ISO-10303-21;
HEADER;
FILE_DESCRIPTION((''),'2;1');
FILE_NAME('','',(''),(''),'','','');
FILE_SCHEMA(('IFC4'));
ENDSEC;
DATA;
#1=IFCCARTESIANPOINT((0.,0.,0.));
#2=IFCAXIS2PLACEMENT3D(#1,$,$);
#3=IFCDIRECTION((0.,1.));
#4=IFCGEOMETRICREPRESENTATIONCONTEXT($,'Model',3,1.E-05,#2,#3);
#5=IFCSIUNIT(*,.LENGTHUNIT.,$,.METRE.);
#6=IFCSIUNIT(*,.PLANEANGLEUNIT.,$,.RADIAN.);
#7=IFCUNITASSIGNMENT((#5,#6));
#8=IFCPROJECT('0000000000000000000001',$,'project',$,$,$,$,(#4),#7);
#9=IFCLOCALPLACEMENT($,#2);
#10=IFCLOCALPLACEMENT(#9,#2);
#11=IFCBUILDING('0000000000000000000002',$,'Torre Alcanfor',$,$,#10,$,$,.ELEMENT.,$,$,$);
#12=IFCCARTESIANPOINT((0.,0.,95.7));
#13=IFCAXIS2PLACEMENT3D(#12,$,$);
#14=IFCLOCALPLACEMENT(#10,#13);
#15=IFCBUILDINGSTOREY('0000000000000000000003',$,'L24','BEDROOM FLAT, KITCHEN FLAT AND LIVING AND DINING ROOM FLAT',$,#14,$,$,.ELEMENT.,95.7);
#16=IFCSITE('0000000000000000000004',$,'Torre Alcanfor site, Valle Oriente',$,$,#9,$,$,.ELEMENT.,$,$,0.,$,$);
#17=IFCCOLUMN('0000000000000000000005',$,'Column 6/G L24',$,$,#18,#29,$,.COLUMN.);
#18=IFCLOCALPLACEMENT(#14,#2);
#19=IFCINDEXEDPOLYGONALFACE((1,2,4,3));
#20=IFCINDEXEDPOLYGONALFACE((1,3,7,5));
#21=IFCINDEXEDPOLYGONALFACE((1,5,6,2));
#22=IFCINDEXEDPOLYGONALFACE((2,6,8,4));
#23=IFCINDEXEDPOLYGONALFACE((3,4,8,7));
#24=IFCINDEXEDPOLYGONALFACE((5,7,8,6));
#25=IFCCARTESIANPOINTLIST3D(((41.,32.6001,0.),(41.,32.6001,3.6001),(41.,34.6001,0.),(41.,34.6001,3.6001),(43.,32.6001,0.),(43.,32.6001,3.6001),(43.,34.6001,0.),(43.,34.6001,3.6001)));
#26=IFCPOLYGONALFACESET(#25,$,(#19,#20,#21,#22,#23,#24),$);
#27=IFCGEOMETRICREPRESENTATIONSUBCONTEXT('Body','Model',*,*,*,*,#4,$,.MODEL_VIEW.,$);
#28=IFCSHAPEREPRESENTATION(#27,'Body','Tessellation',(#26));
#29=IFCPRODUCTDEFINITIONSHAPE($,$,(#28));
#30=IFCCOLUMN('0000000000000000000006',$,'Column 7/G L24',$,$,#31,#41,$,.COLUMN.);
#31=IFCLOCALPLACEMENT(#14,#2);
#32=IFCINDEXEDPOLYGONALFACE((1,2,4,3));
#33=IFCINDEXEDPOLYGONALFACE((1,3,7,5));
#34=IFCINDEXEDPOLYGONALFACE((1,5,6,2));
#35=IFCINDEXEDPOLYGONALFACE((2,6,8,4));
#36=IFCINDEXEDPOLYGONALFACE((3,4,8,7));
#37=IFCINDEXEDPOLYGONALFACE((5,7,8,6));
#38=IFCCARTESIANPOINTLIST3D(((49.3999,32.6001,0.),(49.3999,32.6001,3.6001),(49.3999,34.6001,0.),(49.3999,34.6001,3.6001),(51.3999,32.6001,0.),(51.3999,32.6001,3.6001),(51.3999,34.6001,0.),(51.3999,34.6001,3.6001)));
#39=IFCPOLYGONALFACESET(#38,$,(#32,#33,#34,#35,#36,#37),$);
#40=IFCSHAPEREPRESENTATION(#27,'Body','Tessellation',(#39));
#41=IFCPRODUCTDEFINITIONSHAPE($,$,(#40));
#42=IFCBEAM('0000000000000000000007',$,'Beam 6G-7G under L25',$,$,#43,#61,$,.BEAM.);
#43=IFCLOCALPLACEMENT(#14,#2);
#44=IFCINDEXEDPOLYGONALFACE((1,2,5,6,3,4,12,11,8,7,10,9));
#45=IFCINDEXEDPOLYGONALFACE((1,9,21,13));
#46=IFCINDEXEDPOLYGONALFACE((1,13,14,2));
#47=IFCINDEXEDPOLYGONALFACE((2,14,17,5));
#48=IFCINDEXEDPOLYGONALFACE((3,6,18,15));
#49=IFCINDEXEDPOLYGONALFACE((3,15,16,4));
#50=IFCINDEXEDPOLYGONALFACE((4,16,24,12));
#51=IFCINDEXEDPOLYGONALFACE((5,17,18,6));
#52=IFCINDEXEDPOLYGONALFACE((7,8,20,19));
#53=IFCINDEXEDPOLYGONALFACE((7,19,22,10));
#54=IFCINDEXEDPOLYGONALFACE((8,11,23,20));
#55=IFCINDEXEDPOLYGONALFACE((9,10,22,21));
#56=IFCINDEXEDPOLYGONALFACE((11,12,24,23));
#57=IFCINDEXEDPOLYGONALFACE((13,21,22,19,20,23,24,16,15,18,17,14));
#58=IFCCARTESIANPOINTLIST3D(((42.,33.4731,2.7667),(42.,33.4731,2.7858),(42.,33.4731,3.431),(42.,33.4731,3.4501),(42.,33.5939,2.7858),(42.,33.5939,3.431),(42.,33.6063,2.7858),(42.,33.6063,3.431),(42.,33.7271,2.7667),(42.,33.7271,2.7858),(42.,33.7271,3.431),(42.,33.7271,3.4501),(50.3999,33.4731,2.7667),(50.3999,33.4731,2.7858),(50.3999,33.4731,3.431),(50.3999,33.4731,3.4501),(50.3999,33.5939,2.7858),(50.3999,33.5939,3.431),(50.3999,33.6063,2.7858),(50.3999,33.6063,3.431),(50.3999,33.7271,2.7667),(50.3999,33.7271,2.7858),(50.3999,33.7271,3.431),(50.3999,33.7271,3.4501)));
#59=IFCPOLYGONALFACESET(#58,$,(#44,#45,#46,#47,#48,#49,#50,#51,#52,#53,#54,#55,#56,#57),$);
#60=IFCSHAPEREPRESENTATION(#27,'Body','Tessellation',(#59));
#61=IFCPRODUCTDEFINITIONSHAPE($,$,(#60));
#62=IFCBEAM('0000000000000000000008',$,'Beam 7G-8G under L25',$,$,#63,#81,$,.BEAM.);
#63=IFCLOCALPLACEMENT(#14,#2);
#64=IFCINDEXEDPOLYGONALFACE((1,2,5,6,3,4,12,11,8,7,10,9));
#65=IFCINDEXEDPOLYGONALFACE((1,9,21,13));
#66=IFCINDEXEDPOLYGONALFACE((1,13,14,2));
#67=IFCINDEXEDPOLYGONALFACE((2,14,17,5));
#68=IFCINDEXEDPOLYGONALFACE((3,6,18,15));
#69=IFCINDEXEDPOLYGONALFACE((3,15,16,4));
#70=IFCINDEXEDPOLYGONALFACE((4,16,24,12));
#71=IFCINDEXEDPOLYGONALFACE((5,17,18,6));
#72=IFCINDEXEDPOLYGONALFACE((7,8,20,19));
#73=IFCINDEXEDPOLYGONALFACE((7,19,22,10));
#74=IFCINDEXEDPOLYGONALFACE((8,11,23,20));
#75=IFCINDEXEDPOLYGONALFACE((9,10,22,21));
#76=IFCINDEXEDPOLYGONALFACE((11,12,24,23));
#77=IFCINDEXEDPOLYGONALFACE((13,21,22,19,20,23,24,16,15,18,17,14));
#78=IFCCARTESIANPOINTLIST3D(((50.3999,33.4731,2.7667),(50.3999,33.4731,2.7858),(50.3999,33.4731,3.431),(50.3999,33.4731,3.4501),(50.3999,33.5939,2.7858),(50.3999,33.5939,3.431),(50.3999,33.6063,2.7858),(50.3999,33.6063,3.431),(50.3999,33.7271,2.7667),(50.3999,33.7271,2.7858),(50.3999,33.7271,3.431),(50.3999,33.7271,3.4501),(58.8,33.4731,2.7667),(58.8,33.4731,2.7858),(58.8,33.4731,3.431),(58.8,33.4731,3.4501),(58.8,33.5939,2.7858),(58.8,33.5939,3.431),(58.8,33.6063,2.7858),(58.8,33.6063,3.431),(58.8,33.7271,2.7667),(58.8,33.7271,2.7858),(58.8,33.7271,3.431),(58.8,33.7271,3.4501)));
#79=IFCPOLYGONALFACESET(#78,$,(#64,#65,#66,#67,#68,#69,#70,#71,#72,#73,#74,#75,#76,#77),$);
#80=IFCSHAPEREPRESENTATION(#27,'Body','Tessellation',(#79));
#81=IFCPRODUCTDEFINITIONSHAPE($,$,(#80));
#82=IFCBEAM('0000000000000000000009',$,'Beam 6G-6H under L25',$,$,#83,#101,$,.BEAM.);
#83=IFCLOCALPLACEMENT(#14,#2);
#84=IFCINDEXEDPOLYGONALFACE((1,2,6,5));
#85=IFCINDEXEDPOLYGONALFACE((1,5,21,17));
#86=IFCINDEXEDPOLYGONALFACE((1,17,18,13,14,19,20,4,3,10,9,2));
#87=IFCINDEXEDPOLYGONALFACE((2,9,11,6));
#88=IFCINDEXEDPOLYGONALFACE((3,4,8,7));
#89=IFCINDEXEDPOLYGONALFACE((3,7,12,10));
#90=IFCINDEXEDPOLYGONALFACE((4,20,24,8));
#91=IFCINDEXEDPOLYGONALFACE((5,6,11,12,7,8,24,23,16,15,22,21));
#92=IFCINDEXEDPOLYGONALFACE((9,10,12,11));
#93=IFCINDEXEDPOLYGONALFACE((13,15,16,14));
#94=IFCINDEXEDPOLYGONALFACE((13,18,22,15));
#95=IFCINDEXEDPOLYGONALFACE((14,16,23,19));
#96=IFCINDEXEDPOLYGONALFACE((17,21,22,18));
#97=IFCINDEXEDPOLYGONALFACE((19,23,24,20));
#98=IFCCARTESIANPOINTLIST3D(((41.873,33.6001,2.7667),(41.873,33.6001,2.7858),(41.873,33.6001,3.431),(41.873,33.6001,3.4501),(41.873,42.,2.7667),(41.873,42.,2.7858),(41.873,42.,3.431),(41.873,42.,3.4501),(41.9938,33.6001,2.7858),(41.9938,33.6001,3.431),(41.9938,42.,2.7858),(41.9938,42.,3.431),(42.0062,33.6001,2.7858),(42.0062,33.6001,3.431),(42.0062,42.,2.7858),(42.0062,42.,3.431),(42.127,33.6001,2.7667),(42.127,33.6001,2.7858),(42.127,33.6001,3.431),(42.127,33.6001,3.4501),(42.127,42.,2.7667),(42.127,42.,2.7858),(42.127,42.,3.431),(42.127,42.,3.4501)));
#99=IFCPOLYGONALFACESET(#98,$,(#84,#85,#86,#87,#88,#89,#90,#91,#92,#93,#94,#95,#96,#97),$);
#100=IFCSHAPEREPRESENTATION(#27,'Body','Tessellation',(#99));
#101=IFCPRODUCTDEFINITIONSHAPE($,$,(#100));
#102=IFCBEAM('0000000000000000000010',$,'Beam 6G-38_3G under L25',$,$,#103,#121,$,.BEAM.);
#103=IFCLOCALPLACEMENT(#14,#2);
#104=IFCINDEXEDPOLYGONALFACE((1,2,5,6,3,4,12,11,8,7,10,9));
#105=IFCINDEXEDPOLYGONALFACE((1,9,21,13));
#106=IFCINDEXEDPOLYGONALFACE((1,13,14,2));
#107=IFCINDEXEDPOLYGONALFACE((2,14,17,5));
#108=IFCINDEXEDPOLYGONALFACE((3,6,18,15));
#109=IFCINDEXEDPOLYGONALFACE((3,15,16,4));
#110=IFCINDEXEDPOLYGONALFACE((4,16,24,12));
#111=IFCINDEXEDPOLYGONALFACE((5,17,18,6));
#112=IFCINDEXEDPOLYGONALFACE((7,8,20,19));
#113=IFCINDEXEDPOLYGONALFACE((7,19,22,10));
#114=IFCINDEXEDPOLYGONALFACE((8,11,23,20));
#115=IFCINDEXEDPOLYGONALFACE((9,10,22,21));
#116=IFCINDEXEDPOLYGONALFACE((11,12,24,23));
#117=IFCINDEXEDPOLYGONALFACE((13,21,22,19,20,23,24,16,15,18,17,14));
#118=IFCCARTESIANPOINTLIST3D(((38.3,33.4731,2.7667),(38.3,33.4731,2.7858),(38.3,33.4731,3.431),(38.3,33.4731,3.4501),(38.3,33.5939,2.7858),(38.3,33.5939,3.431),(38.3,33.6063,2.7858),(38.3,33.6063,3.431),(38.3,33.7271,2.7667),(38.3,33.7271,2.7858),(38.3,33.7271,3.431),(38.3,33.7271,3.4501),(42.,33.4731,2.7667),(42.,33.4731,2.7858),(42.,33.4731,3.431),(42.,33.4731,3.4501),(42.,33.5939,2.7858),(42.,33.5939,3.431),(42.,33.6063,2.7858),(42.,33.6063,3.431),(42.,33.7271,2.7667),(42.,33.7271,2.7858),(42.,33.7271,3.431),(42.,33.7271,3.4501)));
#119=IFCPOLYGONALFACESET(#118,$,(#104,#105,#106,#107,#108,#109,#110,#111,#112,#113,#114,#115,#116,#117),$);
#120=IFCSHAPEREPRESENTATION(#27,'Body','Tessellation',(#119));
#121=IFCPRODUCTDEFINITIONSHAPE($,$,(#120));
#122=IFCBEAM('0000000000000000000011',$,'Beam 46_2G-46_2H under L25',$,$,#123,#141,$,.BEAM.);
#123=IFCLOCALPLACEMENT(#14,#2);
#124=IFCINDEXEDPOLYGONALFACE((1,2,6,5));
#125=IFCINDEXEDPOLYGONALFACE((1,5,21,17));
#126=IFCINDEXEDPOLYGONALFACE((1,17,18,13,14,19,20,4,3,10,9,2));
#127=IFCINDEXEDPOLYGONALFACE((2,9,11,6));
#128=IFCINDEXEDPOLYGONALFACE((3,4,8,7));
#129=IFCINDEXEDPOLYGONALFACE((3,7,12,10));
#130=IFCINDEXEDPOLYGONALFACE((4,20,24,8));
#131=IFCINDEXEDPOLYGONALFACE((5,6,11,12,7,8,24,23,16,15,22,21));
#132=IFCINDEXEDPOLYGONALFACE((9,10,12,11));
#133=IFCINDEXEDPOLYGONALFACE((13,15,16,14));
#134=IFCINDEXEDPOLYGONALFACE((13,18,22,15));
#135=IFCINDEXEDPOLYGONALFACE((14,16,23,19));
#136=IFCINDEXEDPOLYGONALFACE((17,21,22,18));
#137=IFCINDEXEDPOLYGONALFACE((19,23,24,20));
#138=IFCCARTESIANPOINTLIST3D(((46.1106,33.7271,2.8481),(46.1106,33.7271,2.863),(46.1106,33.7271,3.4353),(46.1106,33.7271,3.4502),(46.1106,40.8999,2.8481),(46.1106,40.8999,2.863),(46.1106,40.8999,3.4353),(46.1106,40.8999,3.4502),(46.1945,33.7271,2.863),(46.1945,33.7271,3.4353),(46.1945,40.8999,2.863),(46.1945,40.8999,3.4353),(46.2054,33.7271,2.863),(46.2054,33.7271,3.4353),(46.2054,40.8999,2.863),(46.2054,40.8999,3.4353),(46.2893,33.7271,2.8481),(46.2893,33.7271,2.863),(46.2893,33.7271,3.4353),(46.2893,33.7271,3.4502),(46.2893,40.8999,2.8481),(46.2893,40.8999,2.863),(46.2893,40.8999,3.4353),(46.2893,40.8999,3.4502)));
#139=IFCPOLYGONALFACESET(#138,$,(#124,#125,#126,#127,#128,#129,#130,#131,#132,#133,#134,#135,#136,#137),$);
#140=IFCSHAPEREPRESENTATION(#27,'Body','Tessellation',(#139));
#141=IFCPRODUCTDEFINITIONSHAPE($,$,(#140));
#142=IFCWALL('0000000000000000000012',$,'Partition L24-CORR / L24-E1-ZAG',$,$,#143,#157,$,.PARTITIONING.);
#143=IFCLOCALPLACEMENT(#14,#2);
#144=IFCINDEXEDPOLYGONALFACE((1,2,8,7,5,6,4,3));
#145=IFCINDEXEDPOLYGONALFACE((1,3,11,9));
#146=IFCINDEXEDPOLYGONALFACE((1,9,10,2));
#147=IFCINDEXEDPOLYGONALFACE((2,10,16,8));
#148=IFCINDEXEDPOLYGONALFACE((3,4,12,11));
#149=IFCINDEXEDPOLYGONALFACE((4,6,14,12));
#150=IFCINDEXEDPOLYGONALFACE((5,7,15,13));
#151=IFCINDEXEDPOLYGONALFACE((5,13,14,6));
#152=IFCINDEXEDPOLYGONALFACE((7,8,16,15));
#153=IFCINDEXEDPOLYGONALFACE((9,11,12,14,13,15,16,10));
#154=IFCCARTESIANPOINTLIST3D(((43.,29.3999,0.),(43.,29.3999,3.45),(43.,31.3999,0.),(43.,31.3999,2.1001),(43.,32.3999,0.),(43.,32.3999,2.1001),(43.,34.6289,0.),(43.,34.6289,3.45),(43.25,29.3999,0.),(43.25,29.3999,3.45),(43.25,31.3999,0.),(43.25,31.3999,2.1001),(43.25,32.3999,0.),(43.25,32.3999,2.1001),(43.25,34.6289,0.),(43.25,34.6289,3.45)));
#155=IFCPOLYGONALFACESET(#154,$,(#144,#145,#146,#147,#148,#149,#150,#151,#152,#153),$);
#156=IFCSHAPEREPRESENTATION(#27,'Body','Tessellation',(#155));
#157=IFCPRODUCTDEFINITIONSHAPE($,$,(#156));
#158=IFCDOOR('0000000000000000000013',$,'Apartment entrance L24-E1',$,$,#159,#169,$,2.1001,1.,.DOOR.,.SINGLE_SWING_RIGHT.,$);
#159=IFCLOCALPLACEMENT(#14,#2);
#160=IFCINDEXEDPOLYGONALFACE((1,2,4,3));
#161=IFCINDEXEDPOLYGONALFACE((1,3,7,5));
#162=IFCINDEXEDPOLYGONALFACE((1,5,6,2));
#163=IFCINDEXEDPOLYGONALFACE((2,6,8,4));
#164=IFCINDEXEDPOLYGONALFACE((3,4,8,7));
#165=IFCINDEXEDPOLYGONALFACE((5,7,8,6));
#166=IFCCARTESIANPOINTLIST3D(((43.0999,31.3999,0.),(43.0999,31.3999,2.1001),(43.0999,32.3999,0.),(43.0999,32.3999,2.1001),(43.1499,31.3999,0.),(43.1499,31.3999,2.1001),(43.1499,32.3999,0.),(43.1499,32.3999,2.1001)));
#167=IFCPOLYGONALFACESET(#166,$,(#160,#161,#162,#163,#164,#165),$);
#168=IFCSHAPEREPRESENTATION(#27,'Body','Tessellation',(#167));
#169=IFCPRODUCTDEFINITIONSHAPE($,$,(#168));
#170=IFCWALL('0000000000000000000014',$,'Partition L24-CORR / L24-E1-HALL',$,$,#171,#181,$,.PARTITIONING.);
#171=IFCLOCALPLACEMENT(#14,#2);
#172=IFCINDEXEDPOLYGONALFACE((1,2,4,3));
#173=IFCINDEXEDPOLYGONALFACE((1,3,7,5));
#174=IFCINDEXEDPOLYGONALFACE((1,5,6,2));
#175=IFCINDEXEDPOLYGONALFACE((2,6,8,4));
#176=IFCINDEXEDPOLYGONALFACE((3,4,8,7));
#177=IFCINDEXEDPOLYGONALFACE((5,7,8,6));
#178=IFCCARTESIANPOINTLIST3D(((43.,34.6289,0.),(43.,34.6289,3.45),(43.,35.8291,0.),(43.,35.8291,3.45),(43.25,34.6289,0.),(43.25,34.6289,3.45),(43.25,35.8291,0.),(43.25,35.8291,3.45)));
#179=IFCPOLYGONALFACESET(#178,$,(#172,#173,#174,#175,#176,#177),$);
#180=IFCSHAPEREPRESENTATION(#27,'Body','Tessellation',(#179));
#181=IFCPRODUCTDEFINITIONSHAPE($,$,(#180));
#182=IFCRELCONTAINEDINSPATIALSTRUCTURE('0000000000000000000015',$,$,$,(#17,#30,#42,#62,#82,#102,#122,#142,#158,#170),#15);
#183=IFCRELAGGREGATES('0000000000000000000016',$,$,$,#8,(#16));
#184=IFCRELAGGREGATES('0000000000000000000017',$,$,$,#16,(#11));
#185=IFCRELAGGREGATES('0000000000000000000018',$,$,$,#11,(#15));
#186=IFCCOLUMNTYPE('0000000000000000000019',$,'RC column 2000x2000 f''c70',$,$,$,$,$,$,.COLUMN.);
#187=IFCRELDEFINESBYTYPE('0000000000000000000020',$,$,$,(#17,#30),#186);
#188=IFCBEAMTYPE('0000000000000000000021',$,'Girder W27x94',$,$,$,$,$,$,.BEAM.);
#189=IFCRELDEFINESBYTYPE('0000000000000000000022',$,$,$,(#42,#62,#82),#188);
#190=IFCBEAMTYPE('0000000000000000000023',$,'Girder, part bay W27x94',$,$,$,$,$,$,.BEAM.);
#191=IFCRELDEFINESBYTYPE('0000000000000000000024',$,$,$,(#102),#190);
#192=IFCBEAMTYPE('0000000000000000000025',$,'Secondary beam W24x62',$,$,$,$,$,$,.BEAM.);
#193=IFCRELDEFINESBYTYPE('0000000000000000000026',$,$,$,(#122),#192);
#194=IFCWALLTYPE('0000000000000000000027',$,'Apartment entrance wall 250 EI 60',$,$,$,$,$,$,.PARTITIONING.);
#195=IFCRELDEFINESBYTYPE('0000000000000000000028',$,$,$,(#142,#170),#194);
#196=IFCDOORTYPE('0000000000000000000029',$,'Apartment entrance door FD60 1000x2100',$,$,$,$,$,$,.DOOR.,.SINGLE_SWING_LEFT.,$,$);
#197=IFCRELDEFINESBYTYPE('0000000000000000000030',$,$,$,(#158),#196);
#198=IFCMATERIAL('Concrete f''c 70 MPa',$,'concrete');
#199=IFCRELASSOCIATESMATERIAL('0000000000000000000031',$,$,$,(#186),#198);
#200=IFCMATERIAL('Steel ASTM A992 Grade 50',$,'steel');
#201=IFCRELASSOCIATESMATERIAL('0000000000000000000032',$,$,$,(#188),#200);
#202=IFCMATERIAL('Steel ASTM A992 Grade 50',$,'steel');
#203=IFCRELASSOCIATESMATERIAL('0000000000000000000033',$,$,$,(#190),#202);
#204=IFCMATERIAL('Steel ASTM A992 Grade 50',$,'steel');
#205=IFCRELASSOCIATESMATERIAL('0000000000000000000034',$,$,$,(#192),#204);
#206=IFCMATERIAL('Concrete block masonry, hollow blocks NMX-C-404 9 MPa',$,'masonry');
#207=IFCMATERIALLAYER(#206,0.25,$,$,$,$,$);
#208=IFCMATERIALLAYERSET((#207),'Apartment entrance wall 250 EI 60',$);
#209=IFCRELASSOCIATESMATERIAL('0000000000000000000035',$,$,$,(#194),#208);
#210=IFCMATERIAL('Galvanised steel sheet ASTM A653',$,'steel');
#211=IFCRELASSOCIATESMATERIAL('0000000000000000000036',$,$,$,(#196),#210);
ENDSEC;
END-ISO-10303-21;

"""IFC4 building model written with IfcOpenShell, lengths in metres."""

from ifc_helpers import new_model, si_unit, direction, frame, frame_2d, origin, origin_2d, place, context, subcontext, project, spatial, rectangle, i_section, extrude, material, layer, layer_set, material_profile, profile_set, type_object, element, fill, save


model = new_model("IFC4")

# Units and contexts
model_context = context("Model", 3, precision=1e-05, world=origin(), true_north=direction((0.0, 1.0)))
body_context = subcontext(model_context, "Body", "Model", "MODEL_VIEW")
ifc_project = project(units=[si_unit("LENGTHUNIT", "METRE"), si_unit("PLANEANGLEUNIT", "RADIAN")], contexts=[model_context])

# Site, building, storey
site_placement = place(None, origin())
site = spatial("IfcSite", under=ifc_project, at=site_placement, Name="Torre Alcanfor site, Valle Oriente", CompositionType="ELEMENT", RefElevation=0.0)
building_placement = place(site_placement, origin())
building = spatial("IfcBuilding", under=site, at=building_placement, Name="Torre Alcanfor", CompositionType="ELEMENT")
storey_placement = place(building_placement, frame((0.0, 0.0, 95.7)))
storey = spatial("IfcBuildingStorey", under=building, at=storey_placement, Name="L24", Description="BEDROOM FLAT, KITCHEN FLAT AND LIVING AND DINING ROOM FLAT", CompositionType="ELEMENT", Elevation=95.7)

# Columns
ifc_material_1 = material(Name="Concrete f'c 70 MPa", Category="concrete")
ifc_material_profile_1 = material_profile(ifc_material_1, rectangle(XDim=2.0, YDim=2.0, at=origin_2d()), Name="2000x2000")
ifc_profile_set_1 = profile_set([ifc_material_profile_1], Name="Concrete f'c 70 MPa")
column_type = type_object("IfcColumnType", Name="RC column 2000x2000 f'c70", PredefinedType="COLUMN", material=ifc_profile_set_1)
for number, where, z_axis, x_axis, name in (
    (1, (42.0, 33.6001, 0.0), (0.0, 0.0, 1.0), (1.0, 0.0, 0.0), "Column 6/G L24"),
    (2, (50.3999, 33.6001, 0.0), (0.0, 0.0, 1.0), (1.0, 0.0, 0.0), "Column 7/G L24"),
):
    element("IfcColumn", number, at=place(storey_placement, frame(where, z_axis=z_axis, x_axis=x_axis)), inside=storey, type_object=column_type, Name=name, PredefinedType="COLUMN", context=body_context, shape_type="SweptSolid", body=[
        extrude(rectangle(XDim=2.0, YDim=2.0, at=origin_2d()), origin(), (0.0, 0.0, 1.0), 3.6001),
    ])

# Beams
ifc_material_2 = material(Name="Steel ASTM A992 Grade 50", Category="steel")
ifc_material_profile_2 = material_profile(ifc_material_2, i_section(OverallWidth=0.2539, OverallDepth=0.6833, WebThickness=0.0125, FlangeThickness=0.019, at=origin_2d()), Name="W27x94")
ifc_profile_set_2 = profile_set([ifc_material_profile_2], Name="Steel ASTM A992 Grade 50")
beam_type_1 = type_object("IfcBeamType", Name="Girder W27x94", PredefinedType="BEAM", material=ifc_profile_set_2)
beam_1_placement = place(storey_placement, frame((42.0, 33.6001, 3.1084), z_axis=(1.0, 0.0, 0.0), x_axis=(0.0, 1.0, 0.0)))
element("IfcBeam", 3, at=beam_1_placement, inside=storey, type_object=beam_type_1, Name="Beam 6G-7G under L25", PredefinedType="BEAM", context=body_context, shape_type="SweptSolid", body=[
    extrude(i_section(OverallWidth=0.2539, OverallDepth=0.6833, WebThickness=0.0125, FlangeThickness=0.019, at=origin_2d()), origin(), (0.0, 0.0, 1.0), 8.3999),
])
beam_2_placement = place(storey_placement, frame((50.3999, 33.6001, 3.1084), z_axis=(1.0, 0.0, 0.0), x_axis=(0.0, 1.0, 0.0)))
element("IfcBeam", 4, at=beam_2_placement, inside=storey, type_object=beam_type_1, Name="Beam 7G-8G under L25", PredefinedType="BEAM", context=body_context, shape_type="SweptSolid", body=[
    extrude(i_section(OverallWidth=0.2539, OverallDepth=0.6833, WebThickness=0.0125, FlangeThickness=0.019, at=origin_2d()), origin(), (0.0, 0.0, 1.0), 8.4001),
])
beam_3_placement = place(storey_placement, frame((42.0, 33.6001, 3.1084), z_axis=(0.0, 1.0, 0.0), x_axis=(-1.0, 0.0, 0.0)))
element("IfcBeam", 5, at=beam_3_placement, inside=storey, type_object=beam_type_1, Name="Beam 6G-6H under L25", PredefinedType="BEAM", context=body_context, shape_type="SweptSolid", body=[
    extrude(i_section(OverallWidth=0.2539, OverallDepth=0.6833, WebThickness=0.0125, FlangeThickness=0.019, at=origin_2d()), origin(), (0.0, 0.0, 1.0), 8.3999),
])
ifc_material_3 = material(Name="Steel ASTM A992 Grade 50", Category="steel")
ifc_material_profile_3 = material_profile(ifc_material_3, i_section(OverallWidth=0.2539, OverallDepth=0.6833, WebThickness=0.0125, FlangeThickness=0.019, at=origin_2d()), Name="W27x94")
ifc_profile_set_3 = profile_set([ifc_material_profile_3], Name="Steel ASTM A992 Grade 50")
beam_type_2 = type_object("IfcBeamType", Name="Girder, part bay W27x94", PredefinedType="BEAM", material=ifc_profile_set_3)
beam_4_placement = place(storey_placement, frame((42.0, 33.6001, 3.1084), z_axis=(-1.0, 0.0, 0.0), x_axis=(0.0, -1.0, 0.0)))
element("IfcBeam", 6, at=beam_4_placement, inside=storey, type_object=beam_type_2, Name="Beam 6G-38_3G under L25", PredefinedType="BEAM", context=body_context, shape_type="SweptSolid", body=[
    extrude(i_section(OverallWidth=0.2539, OverallDepth=0.6833, WebThickness=0.0125, FlangeThickness=0.019, at=origin_2d()), origin(), (0.0, 0.0, 1.0), 3.7),
])
ifc_material_4 = material(Name="Steel ASTM A992 Grade 50", Category="steel")
ifc_material_profile_4 = material_profile(ifc_material_4, i_section(OverallWidth=0.1787, OverallDepth=0.6021, WebThickness=0.011, FlangeThickness=0.0149, at=origin_2d()), Name="W24x62")
ifc_profile_set_4 = profile_set([ifc_material_profile_4], Name="Steel ASTM A992 Grade 50")
beam_type_3 = type_object("IfcBeamType", Name="Secondary beam W24x62", PredefinedType="BEAM", material=ifc_profile_set_4)
beam_5_placement = place(storey_placement, frame((46.2, 33.7271, 3.1492), z_axis=(0.0, 1.0, 0.0), x_axis=(-1.0, 0.0, 0.0)))
element("IfcBeam", 7, at=beam_5_placement, inside=storey, type_object=beam_type_3, Name="Beam 46_2G-46_2H under L25", PredefinedType="BEAM", context=body_context, shape_type="SweptSolid", body=[
    extrude(i_section(OverallWidth=0.1787, OverallDepth=0.6021, WebThickness=0.011, FlangeThickness=0.0149, at=origin_2d()), origin(), (0.0, 0.0, 1.0), 7.1729),
])

# Wall, opening, door
ifc_material_5 = material(Name="Concrete block masonry, hollow blocks NMX-C-404 9 MPa", Category="masonry")
ifc_layer_1 = layer(ifc_material_5, 0.25)
ifc_layer_set_1 = layer_set([ifc_layer_1], Name="Apartment entrance wall 250 EI 60")
wall_type_1 = type_object("IfcWallType", Name="Apartment entrance wall 250 EI 60", PredefinedType="PARTITIONING", material=ifc_layer_set_1)
wall_1_placement = place(storey_placement, frame((43.125, 34.6289, 0.0), z_axis=(0.0, 0.0, 1.0), x_axis=(0.0, -1.0, 0.0)))
wall_1 = element("IfcWall", 8, at=wall_1_placement, inside=storey, type_object=wall_type_1, Name="Partition L24-CORR / L24-E1-ZAG", PredefinedType="PARTITIONING", context=body_context, shape_type="SweptSolid", body=[
    extrude(rectangle(XDim=5.229, YDim=0.25, at=frame_2d((2.6145, 0.0))), origin(), (0.0, 0.0, 1.0), 3.45),
])
opening_1_placement = place(wall_1_placement, frame((2.229, 0.0, 0.0)))
opening_1 = element("IfcOpeningElement", 9, at=opening_1_placement, cuts=wall_1, PredefinedType="OPENING", context=body_context, shape_type="SweptSolid", body=[
    extrude(rectangle(XDim=1.0, YDim=2.1001, at=frame_2d((0.5, 1.05))), frame((0.0, 0.135, 0.0), z_axis=(0.0, -1.0, 0.0), x_axis=(1.0, 0.0, 0.0)), (0.0, 0.0, 1.0), 0.27),
])
ifc_material_6 = material(Name="Galvanised steel sheet ASTM A653", Category="steel")
door_type_1 = type_object("IfcDoorType", Name="Apartment entrance door FD60 1000x2100", OperationType="SINGLE_SWING_LEFT", PredefinedType="DOOR", material=ifc_material_6)
door_1_placement = place(opening_1_placement, origin())
door_1 = element("IfcDoor", 10, at=door_1_placement, inside=storey, type_object=door_type_1, Name="Apartment entrance L24-E1", OperationType="SINGLE_SWING_RIGHT", OverallHeight=2.1001, OverallWidth=1.0, PredefinedType="DOOR", context=body_context, shape_type="SweptSolid", body=[
    extrude(rectangle(XDim=1.0, YDim=2.1001, at=frame_2d((0.5, 1.05))), frame((0.0, 0.0249, 0.0), z_axis=(0.0, -1.0, 0.0), x_axis=(1.0, 0.0, 0.0)), (0.0, 0.0, 1.0), 0.05),
])
fill(opening_1, door_1)

# Wall
wall_2_placement = place(storey_placement, frame((43.125, 35.8291, 0.0), z_axis=(0.0, 0.0, 1.0), x_axis=(0.0, -1.0, 0.0)))
element("IfcWall", 11, at=wall_2_placement, inside=storey, type_object=wall_type_1, Name="Partition L24-CORR / L24-E1-HALL", PredefinedType="PARTITIONING", context=body_context, shape_type="SweptSolid", body=[
    extrude(rectangle(XDim=1.2002, YDim=0.25, at=frame_2d((0.6001, 0.0))), origin(), (0.0, 0.0, 1.0), 3.45),
])

save(model, "model.ifc")
